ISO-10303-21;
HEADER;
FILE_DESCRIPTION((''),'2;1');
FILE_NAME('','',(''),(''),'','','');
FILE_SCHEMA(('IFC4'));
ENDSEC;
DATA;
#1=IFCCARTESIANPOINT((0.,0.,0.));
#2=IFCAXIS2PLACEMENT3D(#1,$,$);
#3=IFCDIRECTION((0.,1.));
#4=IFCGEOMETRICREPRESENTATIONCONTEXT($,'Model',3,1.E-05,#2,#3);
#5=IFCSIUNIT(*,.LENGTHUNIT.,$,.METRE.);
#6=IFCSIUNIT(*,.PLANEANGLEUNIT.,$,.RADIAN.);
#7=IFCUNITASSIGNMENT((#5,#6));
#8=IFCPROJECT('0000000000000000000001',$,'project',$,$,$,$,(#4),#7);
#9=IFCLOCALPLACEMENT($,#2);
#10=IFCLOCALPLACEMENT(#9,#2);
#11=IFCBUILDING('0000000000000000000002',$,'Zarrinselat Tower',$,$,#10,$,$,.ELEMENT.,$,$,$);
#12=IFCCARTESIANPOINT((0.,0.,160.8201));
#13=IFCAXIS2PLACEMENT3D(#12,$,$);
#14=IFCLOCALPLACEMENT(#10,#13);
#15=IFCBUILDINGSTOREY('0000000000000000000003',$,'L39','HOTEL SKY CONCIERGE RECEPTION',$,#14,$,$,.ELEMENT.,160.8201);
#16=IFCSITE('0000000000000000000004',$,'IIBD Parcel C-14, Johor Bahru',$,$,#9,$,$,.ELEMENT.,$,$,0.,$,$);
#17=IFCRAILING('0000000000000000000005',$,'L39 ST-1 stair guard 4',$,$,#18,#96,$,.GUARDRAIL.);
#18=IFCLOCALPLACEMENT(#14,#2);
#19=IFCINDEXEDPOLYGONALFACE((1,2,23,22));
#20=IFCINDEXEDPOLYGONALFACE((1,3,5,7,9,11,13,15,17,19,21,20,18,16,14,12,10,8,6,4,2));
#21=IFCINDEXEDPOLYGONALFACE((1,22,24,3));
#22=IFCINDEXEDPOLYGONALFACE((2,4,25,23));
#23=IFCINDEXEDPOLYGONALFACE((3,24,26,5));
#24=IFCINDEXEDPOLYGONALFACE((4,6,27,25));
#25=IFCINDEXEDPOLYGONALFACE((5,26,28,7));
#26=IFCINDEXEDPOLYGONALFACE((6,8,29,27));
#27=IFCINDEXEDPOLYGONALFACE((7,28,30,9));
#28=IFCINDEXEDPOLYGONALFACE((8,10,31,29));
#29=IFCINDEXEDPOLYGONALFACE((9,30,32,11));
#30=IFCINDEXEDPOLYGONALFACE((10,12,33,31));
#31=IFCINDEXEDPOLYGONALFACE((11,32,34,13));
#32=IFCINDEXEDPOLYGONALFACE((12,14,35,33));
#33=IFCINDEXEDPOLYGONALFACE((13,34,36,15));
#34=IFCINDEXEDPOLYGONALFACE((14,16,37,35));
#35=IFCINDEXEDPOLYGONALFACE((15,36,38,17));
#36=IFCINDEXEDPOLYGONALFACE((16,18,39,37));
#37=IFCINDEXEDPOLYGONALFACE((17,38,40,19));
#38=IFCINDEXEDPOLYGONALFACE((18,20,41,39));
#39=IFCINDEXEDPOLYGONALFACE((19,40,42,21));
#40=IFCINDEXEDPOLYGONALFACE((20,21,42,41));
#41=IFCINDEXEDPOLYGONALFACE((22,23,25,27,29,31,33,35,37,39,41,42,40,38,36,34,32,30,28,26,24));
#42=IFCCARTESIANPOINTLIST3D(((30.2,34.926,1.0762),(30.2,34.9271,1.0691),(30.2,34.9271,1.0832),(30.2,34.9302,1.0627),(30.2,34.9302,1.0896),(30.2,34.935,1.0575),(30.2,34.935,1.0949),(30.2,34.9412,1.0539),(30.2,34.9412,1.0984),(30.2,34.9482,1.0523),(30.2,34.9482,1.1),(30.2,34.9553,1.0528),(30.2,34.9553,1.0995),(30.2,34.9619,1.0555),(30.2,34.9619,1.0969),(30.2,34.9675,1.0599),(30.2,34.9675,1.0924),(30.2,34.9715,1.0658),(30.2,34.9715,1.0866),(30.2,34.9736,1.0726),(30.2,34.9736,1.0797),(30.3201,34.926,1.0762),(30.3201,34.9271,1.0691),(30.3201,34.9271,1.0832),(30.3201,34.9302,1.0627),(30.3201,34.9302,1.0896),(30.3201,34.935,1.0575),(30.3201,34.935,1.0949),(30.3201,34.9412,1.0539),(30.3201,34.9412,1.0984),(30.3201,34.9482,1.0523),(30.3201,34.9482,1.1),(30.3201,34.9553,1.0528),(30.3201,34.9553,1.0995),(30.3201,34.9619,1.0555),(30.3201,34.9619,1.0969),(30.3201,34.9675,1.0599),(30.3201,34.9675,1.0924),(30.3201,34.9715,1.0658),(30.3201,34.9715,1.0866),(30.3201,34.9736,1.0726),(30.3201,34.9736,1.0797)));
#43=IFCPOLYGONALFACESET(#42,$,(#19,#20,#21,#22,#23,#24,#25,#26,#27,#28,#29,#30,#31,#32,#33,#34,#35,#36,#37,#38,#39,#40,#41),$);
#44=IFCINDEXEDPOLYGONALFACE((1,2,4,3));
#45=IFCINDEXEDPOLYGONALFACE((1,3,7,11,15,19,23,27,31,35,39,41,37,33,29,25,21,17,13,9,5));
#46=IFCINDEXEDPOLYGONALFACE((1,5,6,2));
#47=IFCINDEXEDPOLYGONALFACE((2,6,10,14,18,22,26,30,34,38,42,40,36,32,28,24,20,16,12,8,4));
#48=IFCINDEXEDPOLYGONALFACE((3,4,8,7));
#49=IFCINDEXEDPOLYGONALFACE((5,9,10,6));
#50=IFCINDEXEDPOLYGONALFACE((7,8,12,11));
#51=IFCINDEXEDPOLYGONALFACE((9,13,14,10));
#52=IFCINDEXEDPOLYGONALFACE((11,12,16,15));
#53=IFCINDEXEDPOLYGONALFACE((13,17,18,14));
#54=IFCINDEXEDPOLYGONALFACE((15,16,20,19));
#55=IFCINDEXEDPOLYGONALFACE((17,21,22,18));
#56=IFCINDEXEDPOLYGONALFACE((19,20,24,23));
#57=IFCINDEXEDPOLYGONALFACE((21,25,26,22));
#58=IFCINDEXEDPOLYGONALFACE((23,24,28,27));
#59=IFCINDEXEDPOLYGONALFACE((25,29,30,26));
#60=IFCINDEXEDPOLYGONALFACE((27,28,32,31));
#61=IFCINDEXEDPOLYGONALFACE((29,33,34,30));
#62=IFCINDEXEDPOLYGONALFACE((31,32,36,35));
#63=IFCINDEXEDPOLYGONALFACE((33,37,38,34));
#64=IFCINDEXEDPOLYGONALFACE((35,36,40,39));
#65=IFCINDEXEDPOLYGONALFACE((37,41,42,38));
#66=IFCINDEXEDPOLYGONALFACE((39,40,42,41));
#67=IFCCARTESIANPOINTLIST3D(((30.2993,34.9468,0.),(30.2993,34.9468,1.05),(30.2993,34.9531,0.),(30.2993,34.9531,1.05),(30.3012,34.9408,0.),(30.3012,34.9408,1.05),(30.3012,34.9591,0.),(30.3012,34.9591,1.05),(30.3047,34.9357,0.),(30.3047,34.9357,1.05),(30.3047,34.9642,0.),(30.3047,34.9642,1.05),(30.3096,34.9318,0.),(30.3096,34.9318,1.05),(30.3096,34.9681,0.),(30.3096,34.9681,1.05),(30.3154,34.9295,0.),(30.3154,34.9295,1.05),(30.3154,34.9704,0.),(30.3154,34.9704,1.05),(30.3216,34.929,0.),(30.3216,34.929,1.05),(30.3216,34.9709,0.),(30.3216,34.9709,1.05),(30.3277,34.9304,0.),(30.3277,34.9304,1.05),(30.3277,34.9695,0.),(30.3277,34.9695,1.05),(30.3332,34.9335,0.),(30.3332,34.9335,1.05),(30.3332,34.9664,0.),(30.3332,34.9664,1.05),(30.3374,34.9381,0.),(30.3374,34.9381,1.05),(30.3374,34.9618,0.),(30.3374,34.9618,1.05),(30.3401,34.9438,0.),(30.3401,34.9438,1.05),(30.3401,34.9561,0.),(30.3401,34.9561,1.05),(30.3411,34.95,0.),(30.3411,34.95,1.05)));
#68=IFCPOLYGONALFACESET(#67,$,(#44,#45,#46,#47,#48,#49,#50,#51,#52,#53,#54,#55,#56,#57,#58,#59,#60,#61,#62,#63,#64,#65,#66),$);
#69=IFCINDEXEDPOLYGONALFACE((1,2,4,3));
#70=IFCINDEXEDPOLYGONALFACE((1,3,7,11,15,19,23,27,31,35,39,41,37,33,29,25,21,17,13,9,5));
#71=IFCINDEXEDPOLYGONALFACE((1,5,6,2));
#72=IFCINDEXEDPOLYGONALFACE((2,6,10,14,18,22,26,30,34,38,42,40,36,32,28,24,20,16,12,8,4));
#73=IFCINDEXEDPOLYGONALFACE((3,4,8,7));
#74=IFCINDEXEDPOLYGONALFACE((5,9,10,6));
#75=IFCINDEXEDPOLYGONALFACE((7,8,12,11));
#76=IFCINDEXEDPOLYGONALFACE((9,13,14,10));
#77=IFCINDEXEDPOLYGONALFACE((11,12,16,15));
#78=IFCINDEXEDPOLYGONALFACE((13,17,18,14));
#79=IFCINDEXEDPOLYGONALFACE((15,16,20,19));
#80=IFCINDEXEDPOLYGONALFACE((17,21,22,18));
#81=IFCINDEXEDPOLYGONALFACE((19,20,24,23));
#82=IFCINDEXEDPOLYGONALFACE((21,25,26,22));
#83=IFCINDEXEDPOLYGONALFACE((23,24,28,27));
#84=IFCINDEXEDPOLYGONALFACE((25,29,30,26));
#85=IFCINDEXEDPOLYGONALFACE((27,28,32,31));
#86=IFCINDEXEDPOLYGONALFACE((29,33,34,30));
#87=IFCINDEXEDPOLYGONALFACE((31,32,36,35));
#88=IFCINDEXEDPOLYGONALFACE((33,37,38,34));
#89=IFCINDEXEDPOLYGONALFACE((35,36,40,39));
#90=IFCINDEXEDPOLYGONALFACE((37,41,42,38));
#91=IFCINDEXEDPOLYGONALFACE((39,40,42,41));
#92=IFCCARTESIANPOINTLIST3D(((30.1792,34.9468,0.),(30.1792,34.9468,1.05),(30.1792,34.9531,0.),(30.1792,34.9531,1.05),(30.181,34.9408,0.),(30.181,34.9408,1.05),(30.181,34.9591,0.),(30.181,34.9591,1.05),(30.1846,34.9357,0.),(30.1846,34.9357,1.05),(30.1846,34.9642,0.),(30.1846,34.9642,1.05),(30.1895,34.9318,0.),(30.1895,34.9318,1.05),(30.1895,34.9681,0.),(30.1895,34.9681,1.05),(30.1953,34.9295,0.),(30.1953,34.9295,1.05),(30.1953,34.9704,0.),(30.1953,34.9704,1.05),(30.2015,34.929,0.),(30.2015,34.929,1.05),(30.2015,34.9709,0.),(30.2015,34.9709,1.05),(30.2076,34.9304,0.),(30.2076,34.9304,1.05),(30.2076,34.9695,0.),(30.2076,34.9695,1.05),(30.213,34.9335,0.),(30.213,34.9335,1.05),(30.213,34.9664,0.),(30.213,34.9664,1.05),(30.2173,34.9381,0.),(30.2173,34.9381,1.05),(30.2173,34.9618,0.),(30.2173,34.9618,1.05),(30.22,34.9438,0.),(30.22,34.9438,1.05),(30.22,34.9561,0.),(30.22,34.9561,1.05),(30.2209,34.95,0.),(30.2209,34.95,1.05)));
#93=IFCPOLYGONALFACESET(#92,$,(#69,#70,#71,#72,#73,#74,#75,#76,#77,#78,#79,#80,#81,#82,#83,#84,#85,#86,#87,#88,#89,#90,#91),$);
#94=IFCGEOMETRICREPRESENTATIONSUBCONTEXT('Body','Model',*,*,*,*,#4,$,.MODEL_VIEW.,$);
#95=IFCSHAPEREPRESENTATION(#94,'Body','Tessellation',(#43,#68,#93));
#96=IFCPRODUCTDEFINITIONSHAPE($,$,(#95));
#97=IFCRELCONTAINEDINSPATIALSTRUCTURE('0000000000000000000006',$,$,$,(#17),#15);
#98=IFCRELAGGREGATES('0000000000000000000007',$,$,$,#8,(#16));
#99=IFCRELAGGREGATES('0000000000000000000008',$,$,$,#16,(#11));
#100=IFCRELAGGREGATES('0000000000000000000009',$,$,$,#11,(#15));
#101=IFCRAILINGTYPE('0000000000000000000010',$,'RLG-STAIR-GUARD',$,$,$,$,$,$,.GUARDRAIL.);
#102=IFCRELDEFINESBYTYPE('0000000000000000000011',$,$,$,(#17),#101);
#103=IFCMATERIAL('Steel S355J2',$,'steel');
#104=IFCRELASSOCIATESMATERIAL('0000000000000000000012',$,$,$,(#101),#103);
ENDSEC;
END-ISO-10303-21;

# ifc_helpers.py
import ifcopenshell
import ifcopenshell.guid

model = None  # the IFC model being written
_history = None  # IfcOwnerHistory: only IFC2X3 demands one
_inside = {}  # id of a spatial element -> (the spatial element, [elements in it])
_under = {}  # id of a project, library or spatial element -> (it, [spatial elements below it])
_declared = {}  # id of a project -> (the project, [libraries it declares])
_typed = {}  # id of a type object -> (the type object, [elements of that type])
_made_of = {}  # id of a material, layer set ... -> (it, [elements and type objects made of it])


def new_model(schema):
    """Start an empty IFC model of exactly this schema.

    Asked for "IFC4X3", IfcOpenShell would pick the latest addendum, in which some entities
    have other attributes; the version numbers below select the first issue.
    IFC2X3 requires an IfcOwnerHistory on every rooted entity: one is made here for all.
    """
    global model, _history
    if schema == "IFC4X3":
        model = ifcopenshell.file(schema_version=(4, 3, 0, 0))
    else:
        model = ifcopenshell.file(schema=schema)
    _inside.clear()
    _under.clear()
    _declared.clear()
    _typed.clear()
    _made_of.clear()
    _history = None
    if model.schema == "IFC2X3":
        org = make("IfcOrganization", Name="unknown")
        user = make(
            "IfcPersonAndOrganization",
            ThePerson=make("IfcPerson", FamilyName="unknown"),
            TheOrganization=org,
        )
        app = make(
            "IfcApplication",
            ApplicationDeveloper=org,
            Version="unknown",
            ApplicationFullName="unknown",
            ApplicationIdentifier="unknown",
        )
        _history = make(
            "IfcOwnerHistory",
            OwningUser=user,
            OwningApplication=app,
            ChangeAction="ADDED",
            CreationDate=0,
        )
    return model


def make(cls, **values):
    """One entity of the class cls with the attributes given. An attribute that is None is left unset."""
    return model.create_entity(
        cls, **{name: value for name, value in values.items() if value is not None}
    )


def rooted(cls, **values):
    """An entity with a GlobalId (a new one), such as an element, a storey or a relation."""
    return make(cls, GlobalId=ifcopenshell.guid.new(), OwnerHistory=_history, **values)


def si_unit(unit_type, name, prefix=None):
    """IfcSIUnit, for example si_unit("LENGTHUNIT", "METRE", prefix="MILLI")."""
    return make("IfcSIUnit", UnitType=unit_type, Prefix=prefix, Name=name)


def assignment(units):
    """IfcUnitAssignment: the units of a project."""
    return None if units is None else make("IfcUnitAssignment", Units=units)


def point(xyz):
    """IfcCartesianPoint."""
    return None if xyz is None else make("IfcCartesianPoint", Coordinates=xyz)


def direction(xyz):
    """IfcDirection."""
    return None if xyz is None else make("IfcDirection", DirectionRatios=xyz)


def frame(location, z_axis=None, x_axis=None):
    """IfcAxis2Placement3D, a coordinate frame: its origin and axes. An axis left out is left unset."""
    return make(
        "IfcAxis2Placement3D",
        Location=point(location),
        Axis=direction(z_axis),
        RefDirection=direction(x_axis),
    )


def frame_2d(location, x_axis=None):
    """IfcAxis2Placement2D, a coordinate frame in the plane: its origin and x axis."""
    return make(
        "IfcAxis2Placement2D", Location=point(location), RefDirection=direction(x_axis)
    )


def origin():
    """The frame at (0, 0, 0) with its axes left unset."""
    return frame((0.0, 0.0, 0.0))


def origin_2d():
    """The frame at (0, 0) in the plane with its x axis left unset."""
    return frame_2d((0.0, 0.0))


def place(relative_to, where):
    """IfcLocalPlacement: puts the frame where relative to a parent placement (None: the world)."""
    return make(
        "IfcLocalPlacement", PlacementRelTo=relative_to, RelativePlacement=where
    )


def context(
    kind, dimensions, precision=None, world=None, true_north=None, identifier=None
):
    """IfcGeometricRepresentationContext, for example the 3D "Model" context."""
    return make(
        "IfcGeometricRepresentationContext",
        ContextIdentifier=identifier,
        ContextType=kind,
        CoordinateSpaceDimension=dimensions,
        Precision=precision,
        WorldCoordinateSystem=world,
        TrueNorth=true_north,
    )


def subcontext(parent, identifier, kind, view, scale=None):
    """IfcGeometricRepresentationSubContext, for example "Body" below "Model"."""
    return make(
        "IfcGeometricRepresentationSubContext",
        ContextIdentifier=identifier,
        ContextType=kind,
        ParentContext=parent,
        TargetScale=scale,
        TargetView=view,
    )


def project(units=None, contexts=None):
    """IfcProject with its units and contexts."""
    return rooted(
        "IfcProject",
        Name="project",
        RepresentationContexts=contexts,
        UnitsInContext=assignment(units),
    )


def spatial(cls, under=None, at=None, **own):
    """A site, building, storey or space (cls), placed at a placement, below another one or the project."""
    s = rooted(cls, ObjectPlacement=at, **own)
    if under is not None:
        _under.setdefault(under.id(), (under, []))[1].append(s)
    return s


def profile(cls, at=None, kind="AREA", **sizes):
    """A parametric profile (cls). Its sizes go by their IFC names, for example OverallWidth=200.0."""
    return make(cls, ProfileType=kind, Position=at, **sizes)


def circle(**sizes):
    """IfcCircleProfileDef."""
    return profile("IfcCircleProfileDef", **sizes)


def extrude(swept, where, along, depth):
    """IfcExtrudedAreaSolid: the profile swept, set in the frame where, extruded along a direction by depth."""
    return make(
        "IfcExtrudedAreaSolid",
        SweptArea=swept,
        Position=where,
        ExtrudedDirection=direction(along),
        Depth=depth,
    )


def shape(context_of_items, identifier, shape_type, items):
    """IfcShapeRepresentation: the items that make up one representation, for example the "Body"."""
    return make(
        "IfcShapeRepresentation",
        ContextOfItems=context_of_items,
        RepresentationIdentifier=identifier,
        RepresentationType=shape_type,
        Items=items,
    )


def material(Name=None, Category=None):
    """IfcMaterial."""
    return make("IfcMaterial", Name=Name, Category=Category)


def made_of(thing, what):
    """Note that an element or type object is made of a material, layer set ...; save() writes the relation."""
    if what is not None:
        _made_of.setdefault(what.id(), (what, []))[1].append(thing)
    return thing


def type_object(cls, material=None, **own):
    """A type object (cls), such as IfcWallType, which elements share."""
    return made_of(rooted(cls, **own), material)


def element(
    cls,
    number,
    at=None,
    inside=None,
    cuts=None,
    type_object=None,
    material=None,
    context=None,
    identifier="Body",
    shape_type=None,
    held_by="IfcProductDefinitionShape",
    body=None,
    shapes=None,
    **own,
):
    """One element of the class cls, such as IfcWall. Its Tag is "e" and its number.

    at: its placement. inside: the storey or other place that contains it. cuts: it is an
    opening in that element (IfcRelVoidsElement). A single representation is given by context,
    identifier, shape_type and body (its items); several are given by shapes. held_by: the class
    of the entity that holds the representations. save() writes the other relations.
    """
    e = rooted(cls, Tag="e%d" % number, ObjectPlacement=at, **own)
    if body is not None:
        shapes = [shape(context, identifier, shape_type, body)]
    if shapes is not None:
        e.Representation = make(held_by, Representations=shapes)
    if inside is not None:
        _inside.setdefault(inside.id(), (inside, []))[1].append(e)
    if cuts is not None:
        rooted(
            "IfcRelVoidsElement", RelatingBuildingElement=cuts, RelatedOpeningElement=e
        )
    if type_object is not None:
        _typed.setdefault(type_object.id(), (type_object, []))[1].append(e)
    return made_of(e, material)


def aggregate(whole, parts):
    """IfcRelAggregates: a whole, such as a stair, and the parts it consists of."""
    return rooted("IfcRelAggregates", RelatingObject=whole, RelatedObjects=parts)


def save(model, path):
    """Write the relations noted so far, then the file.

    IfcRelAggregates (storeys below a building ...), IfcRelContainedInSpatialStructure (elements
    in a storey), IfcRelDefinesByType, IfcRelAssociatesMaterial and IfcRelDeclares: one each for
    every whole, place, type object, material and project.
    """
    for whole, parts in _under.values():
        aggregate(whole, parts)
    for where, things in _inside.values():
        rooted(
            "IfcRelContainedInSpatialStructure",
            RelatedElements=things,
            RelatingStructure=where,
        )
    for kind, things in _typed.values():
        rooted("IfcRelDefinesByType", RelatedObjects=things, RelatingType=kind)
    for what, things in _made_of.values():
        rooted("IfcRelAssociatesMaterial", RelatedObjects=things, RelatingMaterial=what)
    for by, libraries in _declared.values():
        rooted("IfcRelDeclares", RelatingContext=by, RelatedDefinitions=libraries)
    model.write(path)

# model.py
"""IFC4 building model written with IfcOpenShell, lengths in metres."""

from ifc_helpers import new_model, si_unit, direction, frame, origin, origin_2d, place, context, subcontext, project, spatial, circle, extrude, material, type_object, element, save


model = new_model("IFC4")

# Units and contexts
model_context = context("Model", 3, precision=1e-05, world=origin(), true_north=direction((0.0, 1.0)))
body_context = subcontext(model_context, "Body", "Model", "MODEL_VIEW")
ifc_project = project(units=[si_unit("LENGTHUNIT", "METRE"), si_unit("PLANEANGLEUNIT", "RADIAN")], contexts=[model_context])

# Site, building, storey
site_placement = place(None, origin())
site = spatial("IfcSite", under=ifc_project, at=site_placement, Name="IIBD Parcel C-14, Johor Bahru", CompositionType="ELEMENT", RefElevation=0.0)
building_placement = place(site_placement, origin())
building = spatial("IfcBuilding", under=site, at=building_placement, Name="Zarrinselat Tower", CompositionType="ELEMENT")
storey_placement = place(building_placement, frame((0.0, 0.0, 160.8201)))
storey = spatial("IfcBuildingStorey", under=building, at=storey_placement, Name="L39", Description="HOTEL SKY CONCIERGE RECEPTION", CompositionType="ELEMENT", Elevation=160.8201)

# Railing
ifc_material_1 = material(Name="Steel S355J2", Category="steel")
railing_type_1 = type_object("IfcRailingType", Name="RLG-STAIR-GUARD", PredefinedType="GUARDRAIL", material=ifc_material_1)
railing_1_placement = place(storey_placement, frame((30.3201, 34.95, 0.0)))
element("IfcRailing", 1, at=railing_1_placement, inside=storey, type_object=railing_type_1, Name="L39 ST-1 stair guard 4", PredefinedType="GUARDRAIL", context=body_context, shape_type="SweptSolid", body=[
    extrude(circle(Radius=0.0239, at=origin_2d()), frame((0.0, 0.0, 1.0762), z_axis=(-1.0, 0.0, 0.0), x_axis=(0.0, -1.0, 0.0)), (0.0, 0.0, 1.0), 0.1201),
    extrude(circle(Radius=0.021, at=origin_2d()), origin(), (0.0, 0.0, 1.0), 1.05),
    extrude(circle(Radius=0.021, at=origin_2d()), frame((-0.1201, 0.0, 0.0)), (0.0, 0.0, 1.0), 1.05),
])

save(model, "model.ifc")
